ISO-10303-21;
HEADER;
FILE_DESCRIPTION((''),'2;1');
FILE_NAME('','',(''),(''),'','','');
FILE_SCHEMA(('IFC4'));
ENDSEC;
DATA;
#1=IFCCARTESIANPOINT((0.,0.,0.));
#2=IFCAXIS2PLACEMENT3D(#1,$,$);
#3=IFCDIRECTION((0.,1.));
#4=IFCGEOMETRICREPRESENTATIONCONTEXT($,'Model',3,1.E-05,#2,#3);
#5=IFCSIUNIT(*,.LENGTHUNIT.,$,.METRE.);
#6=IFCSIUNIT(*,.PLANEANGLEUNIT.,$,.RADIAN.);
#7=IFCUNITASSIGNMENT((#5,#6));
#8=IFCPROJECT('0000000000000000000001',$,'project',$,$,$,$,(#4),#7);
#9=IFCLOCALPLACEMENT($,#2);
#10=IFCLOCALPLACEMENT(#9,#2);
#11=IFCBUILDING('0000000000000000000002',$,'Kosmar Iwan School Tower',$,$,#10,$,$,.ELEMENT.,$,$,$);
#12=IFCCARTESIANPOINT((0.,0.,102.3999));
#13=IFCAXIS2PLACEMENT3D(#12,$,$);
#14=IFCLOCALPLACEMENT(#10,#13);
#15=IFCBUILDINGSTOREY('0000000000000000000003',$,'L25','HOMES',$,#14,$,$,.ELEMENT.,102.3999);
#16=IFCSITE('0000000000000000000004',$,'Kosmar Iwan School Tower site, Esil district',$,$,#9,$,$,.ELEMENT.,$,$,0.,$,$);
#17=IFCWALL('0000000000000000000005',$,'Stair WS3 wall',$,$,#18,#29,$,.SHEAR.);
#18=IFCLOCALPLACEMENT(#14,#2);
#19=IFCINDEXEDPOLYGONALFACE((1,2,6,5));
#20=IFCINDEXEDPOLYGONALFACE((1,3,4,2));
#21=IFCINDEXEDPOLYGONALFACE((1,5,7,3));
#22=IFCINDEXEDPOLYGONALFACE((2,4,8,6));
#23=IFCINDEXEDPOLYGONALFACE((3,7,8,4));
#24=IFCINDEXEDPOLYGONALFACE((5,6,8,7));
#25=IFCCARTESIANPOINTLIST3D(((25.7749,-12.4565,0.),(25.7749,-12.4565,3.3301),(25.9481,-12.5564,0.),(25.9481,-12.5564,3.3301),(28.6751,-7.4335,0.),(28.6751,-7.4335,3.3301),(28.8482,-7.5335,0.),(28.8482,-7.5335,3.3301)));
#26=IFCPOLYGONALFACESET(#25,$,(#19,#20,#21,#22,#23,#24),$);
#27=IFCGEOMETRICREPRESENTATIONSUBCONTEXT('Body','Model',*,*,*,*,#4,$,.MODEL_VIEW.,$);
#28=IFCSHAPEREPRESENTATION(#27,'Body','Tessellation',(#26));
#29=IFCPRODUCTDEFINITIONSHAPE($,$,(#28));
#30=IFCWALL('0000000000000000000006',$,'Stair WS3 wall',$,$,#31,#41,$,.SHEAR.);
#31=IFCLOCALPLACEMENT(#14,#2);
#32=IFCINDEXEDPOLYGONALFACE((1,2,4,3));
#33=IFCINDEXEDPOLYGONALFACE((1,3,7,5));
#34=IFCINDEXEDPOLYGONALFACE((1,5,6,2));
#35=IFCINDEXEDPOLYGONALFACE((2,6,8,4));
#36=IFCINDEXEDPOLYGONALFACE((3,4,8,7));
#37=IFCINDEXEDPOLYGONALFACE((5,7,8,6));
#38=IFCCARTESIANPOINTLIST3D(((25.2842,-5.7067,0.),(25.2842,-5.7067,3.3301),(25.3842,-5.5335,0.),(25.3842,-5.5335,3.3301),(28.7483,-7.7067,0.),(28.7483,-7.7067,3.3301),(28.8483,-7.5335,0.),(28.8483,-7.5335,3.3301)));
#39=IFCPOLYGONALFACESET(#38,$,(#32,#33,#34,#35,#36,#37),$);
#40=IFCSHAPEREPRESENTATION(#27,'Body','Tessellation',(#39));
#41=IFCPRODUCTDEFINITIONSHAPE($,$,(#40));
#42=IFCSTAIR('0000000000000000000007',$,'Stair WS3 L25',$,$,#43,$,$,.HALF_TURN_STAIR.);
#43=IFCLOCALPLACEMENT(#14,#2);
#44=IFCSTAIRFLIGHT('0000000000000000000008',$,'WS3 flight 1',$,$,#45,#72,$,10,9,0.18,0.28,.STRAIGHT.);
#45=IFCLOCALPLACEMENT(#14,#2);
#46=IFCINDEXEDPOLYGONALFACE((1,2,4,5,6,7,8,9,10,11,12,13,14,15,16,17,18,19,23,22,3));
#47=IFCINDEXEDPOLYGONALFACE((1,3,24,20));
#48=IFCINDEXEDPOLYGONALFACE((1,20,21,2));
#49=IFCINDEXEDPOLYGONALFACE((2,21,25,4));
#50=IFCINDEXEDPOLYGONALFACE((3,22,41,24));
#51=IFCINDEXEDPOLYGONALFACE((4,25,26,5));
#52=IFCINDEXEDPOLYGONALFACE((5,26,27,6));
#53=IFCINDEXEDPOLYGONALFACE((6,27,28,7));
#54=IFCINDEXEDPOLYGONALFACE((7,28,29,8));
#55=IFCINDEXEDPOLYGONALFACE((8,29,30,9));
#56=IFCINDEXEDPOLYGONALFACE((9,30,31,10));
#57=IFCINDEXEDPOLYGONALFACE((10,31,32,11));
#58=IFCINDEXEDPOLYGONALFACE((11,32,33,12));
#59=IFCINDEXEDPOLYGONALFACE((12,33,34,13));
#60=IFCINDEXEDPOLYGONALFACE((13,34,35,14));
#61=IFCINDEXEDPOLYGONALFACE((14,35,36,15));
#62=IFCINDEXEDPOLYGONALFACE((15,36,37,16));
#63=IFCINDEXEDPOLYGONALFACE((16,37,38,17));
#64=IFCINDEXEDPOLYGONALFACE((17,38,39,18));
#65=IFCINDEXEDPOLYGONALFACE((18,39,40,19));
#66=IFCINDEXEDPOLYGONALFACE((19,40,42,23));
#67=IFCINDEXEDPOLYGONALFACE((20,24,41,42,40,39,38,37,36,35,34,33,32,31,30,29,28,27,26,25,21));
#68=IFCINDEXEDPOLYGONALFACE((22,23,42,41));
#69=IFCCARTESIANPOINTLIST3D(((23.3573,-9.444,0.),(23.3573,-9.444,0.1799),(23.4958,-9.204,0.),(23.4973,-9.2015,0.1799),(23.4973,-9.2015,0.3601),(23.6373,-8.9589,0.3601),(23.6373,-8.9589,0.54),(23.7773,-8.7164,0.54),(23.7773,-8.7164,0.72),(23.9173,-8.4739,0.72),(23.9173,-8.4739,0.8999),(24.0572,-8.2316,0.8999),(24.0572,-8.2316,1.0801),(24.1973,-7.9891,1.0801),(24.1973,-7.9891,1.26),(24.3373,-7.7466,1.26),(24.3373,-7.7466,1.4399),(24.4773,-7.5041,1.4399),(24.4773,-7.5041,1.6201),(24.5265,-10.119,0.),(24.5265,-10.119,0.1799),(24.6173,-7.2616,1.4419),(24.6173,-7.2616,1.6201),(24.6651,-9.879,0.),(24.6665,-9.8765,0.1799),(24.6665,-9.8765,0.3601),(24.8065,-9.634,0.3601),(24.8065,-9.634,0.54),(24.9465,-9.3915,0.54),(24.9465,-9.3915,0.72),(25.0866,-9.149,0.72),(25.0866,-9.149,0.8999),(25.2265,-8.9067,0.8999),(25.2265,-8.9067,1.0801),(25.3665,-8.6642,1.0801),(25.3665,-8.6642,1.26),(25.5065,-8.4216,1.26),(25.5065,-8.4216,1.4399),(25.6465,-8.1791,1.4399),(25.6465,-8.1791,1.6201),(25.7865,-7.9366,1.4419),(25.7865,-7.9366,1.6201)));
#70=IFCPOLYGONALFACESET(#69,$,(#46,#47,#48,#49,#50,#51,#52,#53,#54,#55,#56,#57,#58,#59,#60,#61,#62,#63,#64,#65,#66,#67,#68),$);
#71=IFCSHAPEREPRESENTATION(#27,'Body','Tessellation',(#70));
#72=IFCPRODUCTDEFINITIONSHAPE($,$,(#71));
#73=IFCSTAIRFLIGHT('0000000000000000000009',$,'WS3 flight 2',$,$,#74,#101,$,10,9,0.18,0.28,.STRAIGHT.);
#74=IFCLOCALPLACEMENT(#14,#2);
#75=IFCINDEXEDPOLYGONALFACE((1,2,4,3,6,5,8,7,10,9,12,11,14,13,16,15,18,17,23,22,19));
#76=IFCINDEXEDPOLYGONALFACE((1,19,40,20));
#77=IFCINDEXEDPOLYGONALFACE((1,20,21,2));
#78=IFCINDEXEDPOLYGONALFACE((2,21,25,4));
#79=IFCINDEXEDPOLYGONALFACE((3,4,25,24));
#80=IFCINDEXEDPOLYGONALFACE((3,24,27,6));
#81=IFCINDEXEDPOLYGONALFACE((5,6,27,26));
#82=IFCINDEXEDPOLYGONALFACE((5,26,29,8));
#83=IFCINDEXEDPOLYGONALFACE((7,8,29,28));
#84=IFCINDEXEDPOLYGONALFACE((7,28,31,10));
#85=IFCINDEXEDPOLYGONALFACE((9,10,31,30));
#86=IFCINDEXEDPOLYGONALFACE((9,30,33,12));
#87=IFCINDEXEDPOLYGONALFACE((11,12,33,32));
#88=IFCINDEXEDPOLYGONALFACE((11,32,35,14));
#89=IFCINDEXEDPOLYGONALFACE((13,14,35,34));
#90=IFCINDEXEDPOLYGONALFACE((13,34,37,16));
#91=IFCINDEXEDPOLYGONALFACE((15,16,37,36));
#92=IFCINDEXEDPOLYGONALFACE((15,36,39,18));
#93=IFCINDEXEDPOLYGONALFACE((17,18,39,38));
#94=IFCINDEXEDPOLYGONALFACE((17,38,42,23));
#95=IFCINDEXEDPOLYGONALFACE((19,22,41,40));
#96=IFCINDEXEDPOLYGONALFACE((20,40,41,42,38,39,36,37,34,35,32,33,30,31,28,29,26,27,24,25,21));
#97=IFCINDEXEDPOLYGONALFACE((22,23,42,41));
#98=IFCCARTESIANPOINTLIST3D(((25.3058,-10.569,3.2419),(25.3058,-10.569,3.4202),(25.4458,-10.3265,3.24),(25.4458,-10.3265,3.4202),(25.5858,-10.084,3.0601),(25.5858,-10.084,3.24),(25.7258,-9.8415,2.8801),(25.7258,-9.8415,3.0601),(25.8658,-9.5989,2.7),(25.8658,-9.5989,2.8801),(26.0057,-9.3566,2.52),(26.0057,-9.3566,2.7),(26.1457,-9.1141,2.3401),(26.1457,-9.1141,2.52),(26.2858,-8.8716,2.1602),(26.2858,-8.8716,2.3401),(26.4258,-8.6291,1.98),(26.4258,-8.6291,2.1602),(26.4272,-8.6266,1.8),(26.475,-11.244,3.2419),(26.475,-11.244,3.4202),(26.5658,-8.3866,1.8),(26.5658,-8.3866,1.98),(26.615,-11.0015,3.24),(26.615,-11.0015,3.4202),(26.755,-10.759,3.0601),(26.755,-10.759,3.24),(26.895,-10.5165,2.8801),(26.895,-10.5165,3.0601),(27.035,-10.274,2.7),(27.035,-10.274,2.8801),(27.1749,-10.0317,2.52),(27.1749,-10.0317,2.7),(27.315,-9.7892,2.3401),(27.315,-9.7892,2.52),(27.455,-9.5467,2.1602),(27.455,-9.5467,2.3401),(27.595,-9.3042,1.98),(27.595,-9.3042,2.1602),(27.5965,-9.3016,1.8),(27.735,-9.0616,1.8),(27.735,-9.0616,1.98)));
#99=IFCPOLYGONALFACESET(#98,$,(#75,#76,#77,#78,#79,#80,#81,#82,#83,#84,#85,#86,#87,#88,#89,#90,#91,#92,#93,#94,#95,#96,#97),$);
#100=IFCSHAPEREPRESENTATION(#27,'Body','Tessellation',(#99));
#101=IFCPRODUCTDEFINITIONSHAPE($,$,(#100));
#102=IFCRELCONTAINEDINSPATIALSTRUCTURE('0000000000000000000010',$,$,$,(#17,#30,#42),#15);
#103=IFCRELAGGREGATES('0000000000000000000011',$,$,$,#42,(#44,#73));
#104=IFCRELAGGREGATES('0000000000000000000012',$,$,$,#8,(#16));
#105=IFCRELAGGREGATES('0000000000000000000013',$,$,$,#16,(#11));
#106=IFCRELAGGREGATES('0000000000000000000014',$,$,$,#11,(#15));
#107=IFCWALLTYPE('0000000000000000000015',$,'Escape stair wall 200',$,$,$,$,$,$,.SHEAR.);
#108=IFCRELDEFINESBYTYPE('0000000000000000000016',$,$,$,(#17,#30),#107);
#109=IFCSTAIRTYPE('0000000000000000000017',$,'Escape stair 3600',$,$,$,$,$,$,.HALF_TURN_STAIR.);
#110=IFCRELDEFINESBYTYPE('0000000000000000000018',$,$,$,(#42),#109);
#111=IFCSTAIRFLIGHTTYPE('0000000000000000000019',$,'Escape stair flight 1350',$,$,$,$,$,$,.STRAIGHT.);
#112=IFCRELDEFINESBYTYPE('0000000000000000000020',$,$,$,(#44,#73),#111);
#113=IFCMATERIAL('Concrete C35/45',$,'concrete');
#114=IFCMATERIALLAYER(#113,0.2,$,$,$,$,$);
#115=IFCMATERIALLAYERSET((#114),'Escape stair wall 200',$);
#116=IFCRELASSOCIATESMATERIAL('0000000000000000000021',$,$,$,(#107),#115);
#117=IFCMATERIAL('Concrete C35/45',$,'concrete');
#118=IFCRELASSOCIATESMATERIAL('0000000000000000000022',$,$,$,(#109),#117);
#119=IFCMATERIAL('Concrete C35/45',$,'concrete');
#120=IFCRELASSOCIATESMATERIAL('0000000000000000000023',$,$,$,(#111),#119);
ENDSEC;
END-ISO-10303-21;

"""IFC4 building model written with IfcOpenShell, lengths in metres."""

from ifc_helpers import new_model, si_unit, direction, frame, frame_2d, origin, place, context, subcontext, project, spatial, polyline, rectangle, outline, extrude, material, layer, layer_set, type_object, element, aggregate, save


model = new_model("IFC4")

# Units and contexts
model_context = context("Model", 3, precision=1e-05, world=origin(), true_north=direction((0.0, 1.0)))
body_context = subcontext(model_context, "Body", "Model", "MODEL_VIEW")
ifc_project = project(units=[si_unit("LENGTHUNIT", "METRE"), si_unit("PLANEANGLEUNIT", "RADIAN")], contexts=[model_context])

# Site, building, storey
site_placement = place(None, origin())
site = spatial("IfcSite", under=ifc_project, at=site_placement, Name="Kosmar Iwan School Tower site, Esil district", CompositionType="ELEMENT", RefElevation=0.0)
building_placement = place(site_placement, origin())
building = spatial("IfcBuilding", under=site, at=building_placement, Name="Kosmar Iwan School Tower", CompositionType="ELEMENT")
storey_placement = place(building_placement, frame((0.0, 0.0, 102.3999)))
storey = spatial("IfcBuildingStorey", under=building, at=storey_placement, Name="L25", Description="HOMES", CompositionType="ELEMENT", Elevation=102.3999)

# Walls
ifc_material_1 = material(Name="Concrete C35/45", Category="concrete")
ifc_layer_1 = layer(ifc_material_1, 0.2)
ifc_layer_set_1 = layer_set([ifc_layer_1], Name="Escape stair wall 200")
wall_type_1 = type_object("IfcWallType", Name="Escape stair wall 200", PredefinedType="SHEAR", material=ifc_layer_set_1)
wall_1_placement = place(storey_placement, frame((25.8616, -12.5063, 0.0), z_axis=(0.0, 0.0, 1.0), x_axis=(0.500019, 0.866015, 0.0)))
element("IfcWall", 1, at=wall_1_placement, inside=storey, type_object=wall_type_1, Name="Stair WS3 wall", PredefinedType="SHEAR", context=body_context, shape_type="SweptSolid", body=[
    extrude(rectangle(XDim=5.8, YDim=0.2, at=frame_2d((2.8999, 0.0))), origin(), (0.0, 0.0, 1.0), 3.3301),
])
wall_2_placement = place(storey_placement, frame((25.3342, -5.6201, 0.0), z_axis=(0.0, 0.0, 1.0), x_axis=(0.866026, -0.499999, 0.0)))
element("IfcWall", 2, at=wall_2_placement, inside=storey, type_object=wall_type_1, Name="Stair WS3 wall", PredefinedType="SHEAR", context=body_context, shape_type="SweptSolid", body=[
    extrude(rectangle(XDim=4.0, YDim=0.2, at=frame_2d((2.0, 0.0))), origin(), (0.0, 0.0, 1.0), 3.3301),
])

# Stair, stair flights
ifc_material_2 = material(Name="Concrete C35/45", Category="concrete")
stair_type = type_object("IfcStairType", Name="Escape stair 3600", PredefinedType="HALF_TURN_STAIR", material=ifc_material_2)
stair_placement = place(storey_placement, origin())
stair = element("IfcStair", 3, at=stair_placement, inside=storey, type_object=stair_type, Name="Stair WS3 L25", PredefinedType="HALF_TURN_STAIR")
ifc_material_3 = material(Name="Concrete C35/45", Category="concrete")
stair_flight_type = type_object("IfcStairFlightType", Name="Escape stair flight 1350", PredefinedType="STRAIGHT", material=ifc_material_3)
stair_flight_1_placement = place(storey_placement, frame((23.9419, -9.7815, 0.0), z_axis=(0.0, 0.0, 1.0), x_axis=(0.5, 0.866025, 0.0)))
stair_flight_1 = element("IfcStairFlight", 4, at=stair_flight_1_placement, type_object=stair_flight_type, Name="WS3 flight 1", NumberOfRisers=10, NumberOfTreads=9, PredefinedType="STRAIGHT", RiserHeight=0.18, TreadLength=0.28, context=body_context, shape_type="SweptSolid", body=[
    extrude(outline(polyline([(0.0, 0.0), (0.0, 0.1799), (0.28, 0.1799), (0.28, 0.3601), (0.5601, 0.3601), (0.5601, 0.54), (0.8401, 0.54), (0.8401, 0.72), (1.1201, 0.72), (1.1201, 0.8999), (1.3999, 0.8999), (1.3999, 1.0801), (1.6799, 1.0801), (1.6799, 1.26), (1.96, 1.26), (1.96, 1.4399), (2.24, 1.4399), (2.24, 1.6201), (2.52, 1.6201), (2.52, 1.8), (2.52, 1.4419), (0.2771, 0.0), (0.0, 0.0)])), frame((0.0, 0.675, 0.0), z_axis=(0.0, -1.0, 0.0), x_axis=(1.0, 0.0, 0.0)), (0.0, 0.0, 1.0), 1.3501),
])
stair_flight_2_placement = place(storey_placement, frame((27.1504, -8.7241, 1.8), z_axis=(0.0, 0.0, 1.0), x_axis=(-0.5, -0.866025, 0.0)))
stair_flight_2 = element("IfcStairFlight", 5, at=stair_flight_2_placement, type_object=stair_flight_type, Name="WS3 flight 2", NumberOfRisers=10, NumberOfTreads=9, PredefinedType="STRAIGHT", RiserHeight=0.18, TreadLength=0.28, context=body_context, shape_type="SweptSolid", body=[
    extrude(outline(polyline([(0.0, 0.0), (0.0, 0.1799), (0.28, 0.1799), (0.28, 0.3601), (0.5601, 0.3601), (0.5601, 0.54), (0.8401, 0.54), (0.8401, 0.72), (1.1201, 0.72), (1.1201, 0.8999), (1.3999, 0.8999), (1.3999, 1.0801), (1.6799, 1.0801), (1.6799, 1.26), (1.96, 1.26), (1.96, 1.4399), (2.24, 1.4399), (2.24, 1.6201), (2.52, 1.6201), (2.52, 1.8), (2.52, 1.4419), (0.2771, 0.0), (0.0, 0.0)])), frame((0.0, 0.675, 0.0), z_axis=(0.0, -1.0, 0.0), x_axis=(1.0, 0.0, 0.0)), (0.0, 0.0, 1.0), 1.3501),
])
aggregate(stair, [stair_flight_1, stair_flight_2])

save(model, "model.ifc")
